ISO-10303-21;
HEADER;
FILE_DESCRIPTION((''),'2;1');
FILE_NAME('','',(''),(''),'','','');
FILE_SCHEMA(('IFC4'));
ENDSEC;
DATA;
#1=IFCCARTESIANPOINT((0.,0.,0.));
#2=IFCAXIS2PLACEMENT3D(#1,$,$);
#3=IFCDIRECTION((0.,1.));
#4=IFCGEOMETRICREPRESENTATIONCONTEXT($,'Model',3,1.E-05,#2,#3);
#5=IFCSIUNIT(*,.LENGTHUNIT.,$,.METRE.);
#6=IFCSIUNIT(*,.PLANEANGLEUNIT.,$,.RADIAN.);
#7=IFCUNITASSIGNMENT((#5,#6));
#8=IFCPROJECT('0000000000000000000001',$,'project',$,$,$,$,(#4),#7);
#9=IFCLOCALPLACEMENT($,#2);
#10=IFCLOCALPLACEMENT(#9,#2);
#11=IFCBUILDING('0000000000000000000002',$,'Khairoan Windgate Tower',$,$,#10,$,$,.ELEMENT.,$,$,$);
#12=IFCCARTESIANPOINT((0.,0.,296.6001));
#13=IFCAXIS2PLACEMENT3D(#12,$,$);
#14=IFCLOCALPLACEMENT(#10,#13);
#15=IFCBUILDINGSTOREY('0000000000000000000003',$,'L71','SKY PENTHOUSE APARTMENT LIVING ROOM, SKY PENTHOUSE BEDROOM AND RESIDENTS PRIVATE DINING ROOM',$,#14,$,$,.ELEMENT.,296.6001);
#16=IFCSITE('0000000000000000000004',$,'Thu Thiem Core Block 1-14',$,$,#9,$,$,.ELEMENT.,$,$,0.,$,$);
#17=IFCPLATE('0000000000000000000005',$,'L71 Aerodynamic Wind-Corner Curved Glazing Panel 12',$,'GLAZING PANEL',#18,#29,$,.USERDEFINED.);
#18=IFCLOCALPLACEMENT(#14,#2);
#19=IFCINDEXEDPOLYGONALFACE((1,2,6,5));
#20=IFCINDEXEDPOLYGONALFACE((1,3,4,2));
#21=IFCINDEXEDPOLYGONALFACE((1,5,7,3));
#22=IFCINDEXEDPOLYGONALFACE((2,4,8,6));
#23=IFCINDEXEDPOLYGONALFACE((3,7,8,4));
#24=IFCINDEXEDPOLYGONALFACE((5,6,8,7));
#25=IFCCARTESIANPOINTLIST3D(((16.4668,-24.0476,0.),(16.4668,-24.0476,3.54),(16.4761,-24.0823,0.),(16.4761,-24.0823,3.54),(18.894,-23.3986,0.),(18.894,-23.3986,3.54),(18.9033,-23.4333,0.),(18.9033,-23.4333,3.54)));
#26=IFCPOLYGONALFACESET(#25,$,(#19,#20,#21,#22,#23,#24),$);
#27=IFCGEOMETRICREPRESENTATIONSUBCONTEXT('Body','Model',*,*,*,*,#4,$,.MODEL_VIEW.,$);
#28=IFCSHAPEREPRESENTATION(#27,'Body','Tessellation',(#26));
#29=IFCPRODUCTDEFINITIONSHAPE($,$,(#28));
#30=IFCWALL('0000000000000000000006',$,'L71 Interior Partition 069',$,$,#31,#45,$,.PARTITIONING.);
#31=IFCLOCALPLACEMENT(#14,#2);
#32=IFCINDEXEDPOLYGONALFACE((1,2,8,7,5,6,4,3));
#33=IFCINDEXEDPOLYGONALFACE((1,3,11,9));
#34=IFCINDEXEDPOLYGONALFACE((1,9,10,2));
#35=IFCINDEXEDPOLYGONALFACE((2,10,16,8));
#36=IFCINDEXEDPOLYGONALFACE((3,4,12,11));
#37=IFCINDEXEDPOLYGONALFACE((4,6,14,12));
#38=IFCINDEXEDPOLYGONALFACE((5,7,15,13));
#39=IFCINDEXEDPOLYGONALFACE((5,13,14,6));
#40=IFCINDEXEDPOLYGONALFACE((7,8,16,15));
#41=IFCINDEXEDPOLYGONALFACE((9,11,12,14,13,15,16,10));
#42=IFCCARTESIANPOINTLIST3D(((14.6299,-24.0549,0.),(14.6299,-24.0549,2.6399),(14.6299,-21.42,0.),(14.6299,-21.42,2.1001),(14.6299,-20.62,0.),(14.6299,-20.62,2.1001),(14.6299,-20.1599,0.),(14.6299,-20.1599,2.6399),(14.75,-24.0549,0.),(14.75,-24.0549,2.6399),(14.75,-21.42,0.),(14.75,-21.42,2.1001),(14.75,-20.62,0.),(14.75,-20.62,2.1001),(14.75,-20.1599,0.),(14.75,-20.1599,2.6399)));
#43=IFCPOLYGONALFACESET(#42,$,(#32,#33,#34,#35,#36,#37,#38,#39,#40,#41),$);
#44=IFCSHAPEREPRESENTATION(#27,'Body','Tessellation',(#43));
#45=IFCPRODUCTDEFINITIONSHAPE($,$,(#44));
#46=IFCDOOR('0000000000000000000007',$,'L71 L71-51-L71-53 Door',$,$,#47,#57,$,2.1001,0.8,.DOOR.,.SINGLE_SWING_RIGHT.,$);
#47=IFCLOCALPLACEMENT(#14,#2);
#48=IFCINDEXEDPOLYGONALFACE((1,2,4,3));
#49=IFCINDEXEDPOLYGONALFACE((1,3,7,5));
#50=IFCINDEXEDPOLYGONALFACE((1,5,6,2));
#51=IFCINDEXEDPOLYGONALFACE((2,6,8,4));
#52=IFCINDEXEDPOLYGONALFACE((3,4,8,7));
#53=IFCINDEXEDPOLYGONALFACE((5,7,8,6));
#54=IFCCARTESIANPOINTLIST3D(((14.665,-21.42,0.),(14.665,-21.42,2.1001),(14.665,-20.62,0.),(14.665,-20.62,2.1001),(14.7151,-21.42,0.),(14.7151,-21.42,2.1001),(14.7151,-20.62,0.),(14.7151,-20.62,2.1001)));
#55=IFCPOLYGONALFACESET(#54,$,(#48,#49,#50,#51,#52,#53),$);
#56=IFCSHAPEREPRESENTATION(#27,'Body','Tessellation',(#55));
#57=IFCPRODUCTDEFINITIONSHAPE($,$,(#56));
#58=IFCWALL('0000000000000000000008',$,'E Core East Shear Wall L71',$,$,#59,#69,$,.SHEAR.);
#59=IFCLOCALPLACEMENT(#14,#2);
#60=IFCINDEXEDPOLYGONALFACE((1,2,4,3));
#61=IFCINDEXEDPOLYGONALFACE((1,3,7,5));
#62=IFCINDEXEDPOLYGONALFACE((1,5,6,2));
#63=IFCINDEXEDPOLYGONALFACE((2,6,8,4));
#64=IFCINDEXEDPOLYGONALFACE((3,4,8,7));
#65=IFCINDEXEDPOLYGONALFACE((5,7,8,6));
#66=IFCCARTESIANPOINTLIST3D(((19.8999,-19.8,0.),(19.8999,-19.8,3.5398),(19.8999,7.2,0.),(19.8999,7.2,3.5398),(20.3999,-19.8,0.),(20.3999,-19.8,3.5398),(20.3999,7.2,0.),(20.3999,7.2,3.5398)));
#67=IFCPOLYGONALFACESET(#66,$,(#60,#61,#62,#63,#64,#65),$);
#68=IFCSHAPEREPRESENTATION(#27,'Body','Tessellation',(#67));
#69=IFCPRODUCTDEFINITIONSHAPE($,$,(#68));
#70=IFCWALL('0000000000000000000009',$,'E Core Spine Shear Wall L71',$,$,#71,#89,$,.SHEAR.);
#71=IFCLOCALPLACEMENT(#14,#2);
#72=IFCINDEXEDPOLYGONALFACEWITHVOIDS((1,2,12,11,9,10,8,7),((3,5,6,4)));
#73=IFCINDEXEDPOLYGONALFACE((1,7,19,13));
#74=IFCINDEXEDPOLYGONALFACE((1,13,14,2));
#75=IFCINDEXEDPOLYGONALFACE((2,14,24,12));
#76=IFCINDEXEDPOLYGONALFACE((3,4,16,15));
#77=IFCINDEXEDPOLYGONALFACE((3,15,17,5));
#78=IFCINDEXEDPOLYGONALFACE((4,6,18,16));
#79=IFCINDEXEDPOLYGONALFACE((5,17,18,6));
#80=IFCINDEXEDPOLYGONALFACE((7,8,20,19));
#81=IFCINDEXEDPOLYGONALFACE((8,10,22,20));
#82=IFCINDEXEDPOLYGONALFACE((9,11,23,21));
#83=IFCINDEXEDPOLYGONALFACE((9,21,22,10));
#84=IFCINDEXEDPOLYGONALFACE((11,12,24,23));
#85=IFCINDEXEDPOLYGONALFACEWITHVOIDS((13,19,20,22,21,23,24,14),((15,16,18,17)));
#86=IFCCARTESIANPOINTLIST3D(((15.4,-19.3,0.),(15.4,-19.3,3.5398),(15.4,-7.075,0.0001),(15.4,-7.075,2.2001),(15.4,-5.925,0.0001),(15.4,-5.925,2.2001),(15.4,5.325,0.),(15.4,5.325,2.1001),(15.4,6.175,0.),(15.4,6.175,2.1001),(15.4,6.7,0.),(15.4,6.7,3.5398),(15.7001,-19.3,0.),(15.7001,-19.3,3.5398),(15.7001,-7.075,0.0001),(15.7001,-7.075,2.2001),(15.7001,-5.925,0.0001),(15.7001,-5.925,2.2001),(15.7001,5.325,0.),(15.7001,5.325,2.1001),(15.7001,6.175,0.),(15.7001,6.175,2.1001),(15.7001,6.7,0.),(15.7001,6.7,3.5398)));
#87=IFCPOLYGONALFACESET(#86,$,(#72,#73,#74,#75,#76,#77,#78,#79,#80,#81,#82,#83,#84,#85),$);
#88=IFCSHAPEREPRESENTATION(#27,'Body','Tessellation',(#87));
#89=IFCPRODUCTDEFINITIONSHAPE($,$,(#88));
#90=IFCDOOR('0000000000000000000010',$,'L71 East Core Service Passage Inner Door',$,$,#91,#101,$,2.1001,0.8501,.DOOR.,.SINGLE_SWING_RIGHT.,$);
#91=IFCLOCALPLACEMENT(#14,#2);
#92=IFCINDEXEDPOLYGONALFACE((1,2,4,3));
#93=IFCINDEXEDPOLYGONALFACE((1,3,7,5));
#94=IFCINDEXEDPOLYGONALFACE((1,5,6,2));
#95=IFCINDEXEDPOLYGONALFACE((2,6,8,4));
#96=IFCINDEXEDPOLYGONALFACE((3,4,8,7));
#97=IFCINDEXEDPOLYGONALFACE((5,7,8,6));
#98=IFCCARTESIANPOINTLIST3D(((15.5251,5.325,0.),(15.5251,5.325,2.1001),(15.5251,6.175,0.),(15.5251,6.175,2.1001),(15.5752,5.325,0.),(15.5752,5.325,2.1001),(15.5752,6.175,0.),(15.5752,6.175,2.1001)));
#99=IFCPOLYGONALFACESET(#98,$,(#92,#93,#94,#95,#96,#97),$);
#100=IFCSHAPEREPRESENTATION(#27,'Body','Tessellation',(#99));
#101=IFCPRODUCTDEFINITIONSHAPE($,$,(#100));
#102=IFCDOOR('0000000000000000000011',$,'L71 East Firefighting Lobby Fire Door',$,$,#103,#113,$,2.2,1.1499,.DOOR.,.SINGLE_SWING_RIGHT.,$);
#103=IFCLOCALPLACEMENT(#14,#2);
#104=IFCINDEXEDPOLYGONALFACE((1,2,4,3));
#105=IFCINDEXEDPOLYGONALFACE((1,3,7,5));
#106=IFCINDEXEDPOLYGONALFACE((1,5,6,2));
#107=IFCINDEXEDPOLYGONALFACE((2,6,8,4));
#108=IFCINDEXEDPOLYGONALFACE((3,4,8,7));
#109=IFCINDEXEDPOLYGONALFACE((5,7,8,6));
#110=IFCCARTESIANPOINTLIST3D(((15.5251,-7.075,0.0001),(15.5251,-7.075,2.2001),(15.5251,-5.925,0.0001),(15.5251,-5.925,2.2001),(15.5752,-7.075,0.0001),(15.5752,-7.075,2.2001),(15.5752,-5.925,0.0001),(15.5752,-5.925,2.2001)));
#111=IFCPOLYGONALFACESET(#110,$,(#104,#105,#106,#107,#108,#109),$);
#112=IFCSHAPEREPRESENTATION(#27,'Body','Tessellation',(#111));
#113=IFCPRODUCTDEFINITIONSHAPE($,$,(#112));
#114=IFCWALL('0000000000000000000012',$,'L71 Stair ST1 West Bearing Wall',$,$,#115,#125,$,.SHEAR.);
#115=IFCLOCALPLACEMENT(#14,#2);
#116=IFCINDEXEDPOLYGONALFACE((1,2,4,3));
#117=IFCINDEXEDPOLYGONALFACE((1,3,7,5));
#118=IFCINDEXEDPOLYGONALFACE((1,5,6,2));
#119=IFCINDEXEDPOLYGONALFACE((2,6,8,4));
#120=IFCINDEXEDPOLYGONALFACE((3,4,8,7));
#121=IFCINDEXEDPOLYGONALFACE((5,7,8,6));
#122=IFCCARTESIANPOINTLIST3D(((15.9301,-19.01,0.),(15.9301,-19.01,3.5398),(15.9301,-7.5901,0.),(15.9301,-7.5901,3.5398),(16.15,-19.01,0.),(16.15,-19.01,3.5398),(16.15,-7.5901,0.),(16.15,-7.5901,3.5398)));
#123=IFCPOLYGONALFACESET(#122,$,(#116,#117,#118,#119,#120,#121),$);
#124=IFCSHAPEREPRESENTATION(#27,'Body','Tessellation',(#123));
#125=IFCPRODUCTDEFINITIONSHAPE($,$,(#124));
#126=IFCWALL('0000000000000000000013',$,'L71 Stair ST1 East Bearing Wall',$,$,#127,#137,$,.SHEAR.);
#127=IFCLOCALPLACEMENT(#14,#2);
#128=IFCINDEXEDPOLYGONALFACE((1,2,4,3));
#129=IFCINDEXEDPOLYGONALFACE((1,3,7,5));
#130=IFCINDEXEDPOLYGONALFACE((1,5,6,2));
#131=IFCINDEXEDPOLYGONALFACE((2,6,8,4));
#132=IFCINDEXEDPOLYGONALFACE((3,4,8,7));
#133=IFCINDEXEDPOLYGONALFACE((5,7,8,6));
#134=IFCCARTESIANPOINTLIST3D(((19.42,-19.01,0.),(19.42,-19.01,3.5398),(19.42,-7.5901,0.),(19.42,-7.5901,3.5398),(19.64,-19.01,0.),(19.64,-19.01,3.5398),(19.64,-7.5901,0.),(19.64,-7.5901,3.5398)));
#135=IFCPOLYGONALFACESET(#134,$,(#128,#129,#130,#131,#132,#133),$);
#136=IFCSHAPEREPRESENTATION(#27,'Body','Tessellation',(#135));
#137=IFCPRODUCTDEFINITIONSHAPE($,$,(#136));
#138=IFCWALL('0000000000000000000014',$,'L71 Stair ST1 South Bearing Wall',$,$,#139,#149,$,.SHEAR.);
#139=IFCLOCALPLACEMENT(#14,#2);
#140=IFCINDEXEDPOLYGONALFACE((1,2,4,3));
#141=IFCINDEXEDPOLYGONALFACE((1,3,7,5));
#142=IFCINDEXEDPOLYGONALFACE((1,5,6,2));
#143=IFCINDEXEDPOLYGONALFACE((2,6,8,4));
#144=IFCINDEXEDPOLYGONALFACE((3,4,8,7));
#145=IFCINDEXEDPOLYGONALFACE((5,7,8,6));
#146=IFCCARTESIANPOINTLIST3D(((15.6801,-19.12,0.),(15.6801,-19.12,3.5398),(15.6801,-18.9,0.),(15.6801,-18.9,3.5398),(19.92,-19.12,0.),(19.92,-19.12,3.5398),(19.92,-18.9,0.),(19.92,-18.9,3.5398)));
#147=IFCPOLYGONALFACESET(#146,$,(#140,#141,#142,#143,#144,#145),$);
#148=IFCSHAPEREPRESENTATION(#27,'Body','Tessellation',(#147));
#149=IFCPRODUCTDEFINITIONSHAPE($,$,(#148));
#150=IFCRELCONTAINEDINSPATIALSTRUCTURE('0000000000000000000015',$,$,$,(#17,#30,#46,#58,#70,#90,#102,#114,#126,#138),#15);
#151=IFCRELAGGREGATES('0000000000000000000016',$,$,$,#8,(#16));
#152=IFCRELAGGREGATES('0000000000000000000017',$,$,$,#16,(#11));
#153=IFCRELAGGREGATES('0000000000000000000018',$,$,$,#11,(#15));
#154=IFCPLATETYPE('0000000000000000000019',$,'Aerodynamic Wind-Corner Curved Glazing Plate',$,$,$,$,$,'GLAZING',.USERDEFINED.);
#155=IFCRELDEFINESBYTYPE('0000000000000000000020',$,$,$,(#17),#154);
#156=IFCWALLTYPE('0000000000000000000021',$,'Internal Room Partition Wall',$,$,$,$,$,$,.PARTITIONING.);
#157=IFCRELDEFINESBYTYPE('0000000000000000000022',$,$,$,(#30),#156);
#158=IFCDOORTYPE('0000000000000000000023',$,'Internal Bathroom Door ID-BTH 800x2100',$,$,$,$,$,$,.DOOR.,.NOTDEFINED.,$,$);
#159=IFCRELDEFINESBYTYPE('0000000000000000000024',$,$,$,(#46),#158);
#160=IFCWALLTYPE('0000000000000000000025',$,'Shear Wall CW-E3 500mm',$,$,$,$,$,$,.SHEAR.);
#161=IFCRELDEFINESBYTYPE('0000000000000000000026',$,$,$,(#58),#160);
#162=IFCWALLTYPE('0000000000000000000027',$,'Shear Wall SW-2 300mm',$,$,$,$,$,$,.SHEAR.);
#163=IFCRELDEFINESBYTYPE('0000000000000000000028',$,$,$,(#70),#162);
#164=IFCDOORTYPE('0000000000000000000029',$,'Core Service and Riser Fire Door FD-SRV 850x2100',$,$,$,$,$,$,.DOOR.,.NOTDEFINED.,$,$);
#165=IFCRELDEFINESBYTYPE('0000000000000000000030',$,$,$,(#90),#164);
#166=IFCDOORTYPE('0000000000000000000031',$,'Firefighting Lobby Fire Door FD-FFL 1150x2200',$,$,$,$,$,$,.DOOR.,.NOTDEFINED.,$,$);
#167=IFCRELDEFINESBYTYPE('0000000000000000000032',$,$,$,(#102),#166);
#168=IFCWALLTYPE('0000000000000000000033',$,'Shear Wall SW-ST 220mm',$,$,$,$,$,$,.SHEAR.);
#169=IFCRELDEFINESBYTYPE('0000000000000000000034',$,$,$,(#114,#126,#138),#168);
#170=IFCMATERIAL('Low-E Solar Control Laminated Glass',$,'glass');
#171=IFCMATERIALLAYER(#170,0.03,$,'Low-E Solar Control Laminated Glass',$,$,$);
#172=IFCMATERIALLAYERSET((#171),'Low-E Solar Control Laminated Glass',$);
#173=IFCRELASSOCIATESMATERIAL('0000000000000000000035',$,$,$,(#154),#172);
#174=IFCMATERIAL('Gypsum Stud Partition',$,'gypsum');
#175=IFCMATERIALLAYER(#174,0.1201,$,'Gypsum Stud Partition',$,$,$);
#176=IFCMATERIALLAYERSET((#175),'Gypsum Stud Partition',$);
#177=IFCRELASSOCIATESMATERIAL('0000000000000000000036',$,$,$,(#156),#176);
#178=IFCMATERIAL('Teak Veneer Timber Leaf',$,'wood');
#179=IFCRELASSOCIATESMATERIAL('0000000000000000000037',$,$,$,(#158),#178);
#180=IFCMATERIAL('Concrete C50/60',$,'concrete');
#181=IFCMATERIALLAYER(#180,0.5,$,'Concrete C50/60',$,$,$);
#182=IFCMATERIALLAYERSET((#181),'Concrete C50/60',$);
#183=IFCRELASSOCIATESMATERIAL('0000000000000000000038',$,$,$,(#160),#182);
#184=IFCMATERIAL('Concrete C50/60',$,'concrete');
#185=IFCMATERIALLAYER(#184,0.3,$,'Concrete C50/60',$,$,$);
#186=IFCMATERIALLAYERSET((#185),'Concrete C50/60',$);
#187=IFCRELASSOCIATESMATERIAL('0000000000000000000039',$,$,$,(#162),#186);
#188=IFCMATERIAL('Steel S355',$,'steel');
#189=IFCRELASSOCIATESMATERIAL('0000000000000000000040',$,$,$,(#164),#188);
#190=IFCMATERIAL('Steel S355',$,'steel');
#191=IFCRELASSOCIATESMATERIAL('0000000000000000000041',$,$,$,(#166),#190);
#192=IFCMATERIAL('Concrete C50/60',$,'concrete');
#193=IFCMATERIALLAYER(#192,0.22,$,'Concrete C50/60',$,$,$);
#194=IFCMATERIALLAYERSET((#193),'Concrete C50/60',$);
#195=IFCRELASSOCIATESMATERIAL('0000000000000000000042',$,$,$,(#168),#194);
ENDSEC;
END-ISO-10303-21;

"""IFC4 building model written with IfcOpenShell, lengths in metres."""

from ifc_helpers import new_model, si_unit, direction, frame, frame_2d, origin, origin_2d, place, context, subcontext, project, spatial, rectangle, extrude, material, layer, layer_set, type_object, element, fill, save


model = new_model("IFC4")

# Units and contexts
model_context = context("Model", 3, precision=1e-05, world=origin(), true_north=direction((0.0, 1.0)))
body_context = subcontext(model_context, "Body", "Model", "MODEL_VIEW")
ifc_project = project(units=[si_unit("LENGTHUNIT", "METRE"), si_unit("PLANEANGLEUNIT", "RADIAN")], contexts=[model_context])

# Site, building, storey
site_placement = place(None, origin())
site = spatial("IfcSite", under=ifc_project, at=site_placement, Name="Thu Thiem Core Block 1-14", CompositionType="ELEMENT", RefElevation=0.0)
building_placement = place(site_placement, origin())
building = spatial("IfcBuilding", under=site, at=building_placement, Name="Khairoan Windgate Tower", CompositionType="ELEMENT")
storey_placement = place(building_placement, frame((0.0, 0.0, 296.6001)))
storey = spatial("IfcBuildingStorey", under=building, at=storey_placement, Name="L71", Description="SKY PENTHOUSE APARTMENT LIVING ROOM, SKY PENTHOUSE BEDROOM AND RESIDENTS PRIVATE DINING ROOM", CompositionType="ELEMENT", Elevation=296.6001)

# Plate
ifc_material_1 = material(Name="Low-E Solar Control Laminated Glass", Category="glass")
ifc_layer_1 = layer(ifc_material_1, 0.03, Name="Low-E Solar Control Laminated Glass")
ifc_layer_set_1 = layer_set([ifc_layer_1], Name="Low-E Solar Control Laminated Glass")
plate_type_1 = type_object("IfcPlateType", Name="Aerodynamic Wind-Corner Curved Glazing Plate", ElementType="GLAZING", PredefinedType="USERDEFINED", material=ifc_layer_set_1)
plate_1_placement = place(storey_placement, frame((17.6851, -23.7405, 0.0), z_axis=(0.0, 0.0, 1.0), x_axis=(-0.966061, -0.258313, 0.0)))
element("IfcPlate", 1, at=plate_1_placement, inside=storey, type_object=plate_type_1, Name="L71 Aerodynamic Wind-Corner Curved Glazing Panel 12", ObjectType="GLAZING PANEL", PredefinedType="USERDEFINED", context=body_context, shape_type="SweptSolid", body=[
    extrude(rectangle(XDim=2.5125, YDim=0.0359, at=origin_2d()), origin(), (0.0, 0.0, 1.0), 3.54),
])

# Wall, opening, door
ifc_material_2 = material(Name="Gypsum Stud Partition", Category="gypsum")
ifc_layer_2 = layer(ifc_material_2, 0.1201, Name="Gypsum Stud Partition")
ifc_layer_set_2 = layer_set([ifc_layer_2], Name="Gypsum Stud Partition")
wall_type_1 = type_object("IfcWallType", Name="Internal Room Partition Wall", PredefinedType="PARTITIONING", material=ifc_layer_set_2)
wall_1_placement = place(storey_placement, frame((14.6899, -24.0549, 0.0), z_axis=(0.0, 0.0, 1.0), x_axis=(0.0, 1.0, 0.0)))
wall_1 = element("IfcWall", 2, at=wall_1_placement, inside=storey, type_object=wall_type_1, Name="L71 Interior Partition 069", PredefinedType="PARTITIONING", context=body_context, shape_type="SweptSolid", body=[
    extrude(rectangle(XDim=3.895, YDim=0.1201, at=frame_2d((1.9475, 0.0))), origin(), (0.0, 0.0, 1.0), 2.6399),
])
opening_1_placement = place(wall_1_placement, frame((2.635, 0.0, 0.0)))
opening_1 = element("IfcOpeningElement", 3, at=opening_1_placement, cuts=wall_1, PredefinedType="OPENING", context=body_context, shape_type="SweptSolid", body=[
    extrude(rectangle(XDim=0.8, YDim=2.1001, at=frame_2d((0.3999, 1.05))), frame((0.0, 0.0701, 0.0), z_axis=(0.0, -1.0, 0.0), x_axis=(1.0, 0.0, 0.0)), (0.0, 0.0, 1.0), 0.1401),
])
ifc_material_3 = material(Name="Teak Veneer Timber Leaf", Category="wood")
door_type_1 = type_object("IfcDoorType", Name="Internal Bathroom Door ID-BTH 800x2100", OperationType="NOTDEFINED", PredefinedType="DOOR", material=ifc_material_3)
door_1_placement = place(opening_1_placement, origin())
door_1 = element("IfcDoor", 4, at=door_1_placement, inside=storey, type_object=door_type_1, Name="L71 L71-51-L71-53 Door", OperationType="SINGLE_SWING_RIGHT", OverallHeight=2.1001, OverallWidth=0.8, PredefinedType="DOOR", context=body_context, shape_type="SweptSolid", body=[
    extrude(rectangle(XDim=0.8, YDim=2.1001, at=frame_2d((0.3999, 1.05))), frame((0.0, 0.0249, 0.0), z_axis=(0.0, -1.0, 0.0), x_axis=(1.0, 0.0, 0.0)), (0.0, 0.0, 1.0), 0.05),
])
fill(opening_1, door_1)

# Wall
ifc_material_4 = material(Name="Concrete C50/60", Category="concrete")
ifc_layer_3 = layer(ifc_material_4, 0.5, Name="Concrete C50/60")
ifc_layer_set_3 = layer_set([ifc_layer_3], Name="Concrete C50/60")
wall_type_2 = type_object("IfcWallType", Name="Shear Wall CW-E3 500mm", PredefinedType="SHEAR", material=ifc_layer_set_3)
wall_2_placement = place(storey_placement, frame((20.1499, -19.8, 0.0), z_axis=(0.0, 0.0, 1.0), x_axis=(0.0, 1.0, 0.0)))
element("IfcWall", 5, at=wall_2_placement, inside=storey, type_object=wall_type_2, Name="E Core East Shear Wall L71", PredefinedType="SHEAR", context=body_context, shape_type="SweptSolid", body=[
    extrude(rectangle(XDim=27.0, YDim=0.5, at=frame_2d((13.5, 0.0))), origin(), (0.0, 0.0, 1.0), 3.5398),
])

# Wall, openings, doors
ifc_material_5 = material(Name="Concrete C50/60", Category="concrete")
ifc_layer_4 = layer(ifc_material_5, 0.3, Name="Concrete C50/60")
ifc_layer_set_4 = layer_set([ifc_layer_4], Name="Concrete C50/60")
wall_type_3 = type_object("IfcWallType", Name="Shear Wall SW-2 300mm", PredefinedType="SHEAR", material=ifc_layer_set_4)
wall_3_placement = place(storey_placement, frame((15.55, -19.3, 0.0), z_axis=(0.0, 0.0, 1.0), x_axis=(0.0, 1.0, 0.0)))
wall_3 = element("IfcWall", 6, at=wall_3_placement, inside=storey, type_object=wall_type_3, Name="E Core Spine Shear Wall L71", PredefinedType="SHEAR", context=body_context, shape_type="SweptSolid", body=[
    extrude(rectangle(XDim=26.0, YDim=0.3, at=frame_2d((13.0, 0.0))), origin(), (0.0, 0.0, 1.0), 3.5398),
])
opening_2_placement = place(wall_3_placement, frame((12.2251, 0.0, 0.0)))
opening_2 = element("IfcOpeningElement", 7, at=opening_2_placement, cuts=wall_3, PredefinedType="OPENING", context=body_context, shape_type="SweptSolid", body=[
    extrude(rectangle(XDim=1.1499, YDim=2.2, at=frame_2d((0.575, 1.1001))), frame((0.0, 0.1599, 0.0), z_axis=(0.0, -1.0, 0.0), x_axis=(1.0, 0.0, 0.0)), (0.0, 0.0, 1.0), 0.3201),
])
opening_3_placement = place(wall_3_placement, frame((24.625, 0.0, 0.0)))
opening_3 = element("IfcOpeningElement", 8, at=opening_3_placement, cuts=wall_3, PredefinedType="OPENING", context=body_context, shape_type="SweptSolid", body=[
    extrude(rectangle(XDim=0.8501, YDim=2.1001, at=frame_2d((0.425, 1.05))), frame((0.0, 0.1599, 0.0), z_axis=(0.0, -1.0, 0.0), x_axis=(1.0, 0.0, 0.0)), (0.0, 0.0, 1.0), 0.3201),
])
ifc_material_6 = material(Name="Steel S355", Category="steel")
door_type_2 = type_object("IfcDoorType", Name="Core Service and Riser Fire Door FD-SRV 850x2100", OperationType="NOTDEFINED", PredefinedType="DOOR", material=ifc_material_6)
door_2_placement = place(opening_3_placement, origin())
door_2 = element("IfcDoor", 9, at=door_2_placement, inside=storey, type_object=door_type_2, Name="L71 East Core Service Passage Inner Door", OperationType="SINGLE_SWING_RIGHT", OverallHeight=2.1001, OverallWidth=0.8501, PredefinedType="DOOR", context=body_context, shape_type="SweptSolid", body=[
    extrude(rectangle(XDim=0.8501, YDim=2.1001, at=frame_2d((0.425, 1.05))), frame((0.0, 0.0249, 0.0), z_axis=(0.0, -1.0, 0.0), x_axis=(1.0, 0.0, 0.0)), (0.0, 0.0, 1.0), 0.05),
])
fill(opening_3, door_2)
ifc_material_7 = material(Name="Steel S355", Category="steel")
door_type_3 = type_object("IfcDoorType", Name="Firefighting Lobby Fire Door FD-FFL 1150x2200", OperationType="NOTDEFINED", PredefinedType="DOOR", material=ifc_material_7)
door_3_placement = place(opening_2_placement, origin())
door_3 = element("IfcDoor", 10, at=door_3_placement, inside=storey, type_object=door_type_3, Name="L71 East Firefighting Lobby Fire Door", OperationType="SINGLE_SWING_RIGHT", OverallHeight=2.2, OverallWidth=1.1499, PredefinedType="DOOR", context=body_context, shape_type="SweptSolid", body=[
    extrude(rectangle(XDim=1.1499, YDim=2.2, at=frame_2d((0.575, 1.1001))), frame((0.0, 0.0249, 0.0), z_axis=(0.0, -1.0, 0.0), x_axis=(1.0, 0.0, 0.0)), (0.0, 0.0, 1.0), 0.05),
])
fill(opening_2, door_3)

# Walls
ifc_material_8 = material(Name="Concrete C50/60", Category="concrete")
ifc_layer_5 = layer(ifc_material_8, 0.22, Name="Concrete C50/60")
ifc_layer_set_5 = layer_set([ifc_layer_5], Name="Concrete C50/60")
wall_type_4 = type_object("IfcWallType", Name="Shear Wall SW-ST 220mm", PredefinedType="SHEAR", material=ifc_layer_set_5)
for number, where, z_axis, x_axis, name in (
    (11, (16.04, -19.01, 0.0), (0.0, 0.0, 1.0), (0.0, 1.0, 0.0), "L71 Stair ST1 West Bearing Wall"),
    (12, (19.53, -19.01, 0.0), (0.0, 0.0, 1.0), (0.0, 1.0, 0.0), "L71 Stair ST1 East Bearing Wall"),
):
    element("IfcWall", number, at=place(storey_placement, frame(where, z_axis=z_axis, x_axis=x_axis)), inside=storey, type_object=wall_type_4, Name=name, PredefinedType="SHEAR", context=body_context, shape_type="SweptSolid", body=[
        extrude(rectangle(XDim=11.4199, YDim=0.22, at=frame_2d((5.71, 0.0))), origin(), (0.0, 0.0, 1.0), 3.5398),
    ])
wall_4_placement = place(storey_placement, frame((15.6799, -19.01, 0.0), z_axis=(0.0, 0.0, 1.0), x_axis=(1.0, 0.0, 0.0)))
element("IfcWall", 13, at=wall_4_placement, inside=storey, type_object=wall_type_4, Name="L71 Stair ST1 South Bearing Wall", PredefinedType="SHEAR", context=body_context, shape_type="SweptSolid", body=[
    extrude(rectangle(XDim=4.24, YDim=0.22, at=frame_2d((2.1201, 0.0))), origin(), (0.0, 0.0, 1.0), 3.5398),
])

save(model, "model.ifc")
